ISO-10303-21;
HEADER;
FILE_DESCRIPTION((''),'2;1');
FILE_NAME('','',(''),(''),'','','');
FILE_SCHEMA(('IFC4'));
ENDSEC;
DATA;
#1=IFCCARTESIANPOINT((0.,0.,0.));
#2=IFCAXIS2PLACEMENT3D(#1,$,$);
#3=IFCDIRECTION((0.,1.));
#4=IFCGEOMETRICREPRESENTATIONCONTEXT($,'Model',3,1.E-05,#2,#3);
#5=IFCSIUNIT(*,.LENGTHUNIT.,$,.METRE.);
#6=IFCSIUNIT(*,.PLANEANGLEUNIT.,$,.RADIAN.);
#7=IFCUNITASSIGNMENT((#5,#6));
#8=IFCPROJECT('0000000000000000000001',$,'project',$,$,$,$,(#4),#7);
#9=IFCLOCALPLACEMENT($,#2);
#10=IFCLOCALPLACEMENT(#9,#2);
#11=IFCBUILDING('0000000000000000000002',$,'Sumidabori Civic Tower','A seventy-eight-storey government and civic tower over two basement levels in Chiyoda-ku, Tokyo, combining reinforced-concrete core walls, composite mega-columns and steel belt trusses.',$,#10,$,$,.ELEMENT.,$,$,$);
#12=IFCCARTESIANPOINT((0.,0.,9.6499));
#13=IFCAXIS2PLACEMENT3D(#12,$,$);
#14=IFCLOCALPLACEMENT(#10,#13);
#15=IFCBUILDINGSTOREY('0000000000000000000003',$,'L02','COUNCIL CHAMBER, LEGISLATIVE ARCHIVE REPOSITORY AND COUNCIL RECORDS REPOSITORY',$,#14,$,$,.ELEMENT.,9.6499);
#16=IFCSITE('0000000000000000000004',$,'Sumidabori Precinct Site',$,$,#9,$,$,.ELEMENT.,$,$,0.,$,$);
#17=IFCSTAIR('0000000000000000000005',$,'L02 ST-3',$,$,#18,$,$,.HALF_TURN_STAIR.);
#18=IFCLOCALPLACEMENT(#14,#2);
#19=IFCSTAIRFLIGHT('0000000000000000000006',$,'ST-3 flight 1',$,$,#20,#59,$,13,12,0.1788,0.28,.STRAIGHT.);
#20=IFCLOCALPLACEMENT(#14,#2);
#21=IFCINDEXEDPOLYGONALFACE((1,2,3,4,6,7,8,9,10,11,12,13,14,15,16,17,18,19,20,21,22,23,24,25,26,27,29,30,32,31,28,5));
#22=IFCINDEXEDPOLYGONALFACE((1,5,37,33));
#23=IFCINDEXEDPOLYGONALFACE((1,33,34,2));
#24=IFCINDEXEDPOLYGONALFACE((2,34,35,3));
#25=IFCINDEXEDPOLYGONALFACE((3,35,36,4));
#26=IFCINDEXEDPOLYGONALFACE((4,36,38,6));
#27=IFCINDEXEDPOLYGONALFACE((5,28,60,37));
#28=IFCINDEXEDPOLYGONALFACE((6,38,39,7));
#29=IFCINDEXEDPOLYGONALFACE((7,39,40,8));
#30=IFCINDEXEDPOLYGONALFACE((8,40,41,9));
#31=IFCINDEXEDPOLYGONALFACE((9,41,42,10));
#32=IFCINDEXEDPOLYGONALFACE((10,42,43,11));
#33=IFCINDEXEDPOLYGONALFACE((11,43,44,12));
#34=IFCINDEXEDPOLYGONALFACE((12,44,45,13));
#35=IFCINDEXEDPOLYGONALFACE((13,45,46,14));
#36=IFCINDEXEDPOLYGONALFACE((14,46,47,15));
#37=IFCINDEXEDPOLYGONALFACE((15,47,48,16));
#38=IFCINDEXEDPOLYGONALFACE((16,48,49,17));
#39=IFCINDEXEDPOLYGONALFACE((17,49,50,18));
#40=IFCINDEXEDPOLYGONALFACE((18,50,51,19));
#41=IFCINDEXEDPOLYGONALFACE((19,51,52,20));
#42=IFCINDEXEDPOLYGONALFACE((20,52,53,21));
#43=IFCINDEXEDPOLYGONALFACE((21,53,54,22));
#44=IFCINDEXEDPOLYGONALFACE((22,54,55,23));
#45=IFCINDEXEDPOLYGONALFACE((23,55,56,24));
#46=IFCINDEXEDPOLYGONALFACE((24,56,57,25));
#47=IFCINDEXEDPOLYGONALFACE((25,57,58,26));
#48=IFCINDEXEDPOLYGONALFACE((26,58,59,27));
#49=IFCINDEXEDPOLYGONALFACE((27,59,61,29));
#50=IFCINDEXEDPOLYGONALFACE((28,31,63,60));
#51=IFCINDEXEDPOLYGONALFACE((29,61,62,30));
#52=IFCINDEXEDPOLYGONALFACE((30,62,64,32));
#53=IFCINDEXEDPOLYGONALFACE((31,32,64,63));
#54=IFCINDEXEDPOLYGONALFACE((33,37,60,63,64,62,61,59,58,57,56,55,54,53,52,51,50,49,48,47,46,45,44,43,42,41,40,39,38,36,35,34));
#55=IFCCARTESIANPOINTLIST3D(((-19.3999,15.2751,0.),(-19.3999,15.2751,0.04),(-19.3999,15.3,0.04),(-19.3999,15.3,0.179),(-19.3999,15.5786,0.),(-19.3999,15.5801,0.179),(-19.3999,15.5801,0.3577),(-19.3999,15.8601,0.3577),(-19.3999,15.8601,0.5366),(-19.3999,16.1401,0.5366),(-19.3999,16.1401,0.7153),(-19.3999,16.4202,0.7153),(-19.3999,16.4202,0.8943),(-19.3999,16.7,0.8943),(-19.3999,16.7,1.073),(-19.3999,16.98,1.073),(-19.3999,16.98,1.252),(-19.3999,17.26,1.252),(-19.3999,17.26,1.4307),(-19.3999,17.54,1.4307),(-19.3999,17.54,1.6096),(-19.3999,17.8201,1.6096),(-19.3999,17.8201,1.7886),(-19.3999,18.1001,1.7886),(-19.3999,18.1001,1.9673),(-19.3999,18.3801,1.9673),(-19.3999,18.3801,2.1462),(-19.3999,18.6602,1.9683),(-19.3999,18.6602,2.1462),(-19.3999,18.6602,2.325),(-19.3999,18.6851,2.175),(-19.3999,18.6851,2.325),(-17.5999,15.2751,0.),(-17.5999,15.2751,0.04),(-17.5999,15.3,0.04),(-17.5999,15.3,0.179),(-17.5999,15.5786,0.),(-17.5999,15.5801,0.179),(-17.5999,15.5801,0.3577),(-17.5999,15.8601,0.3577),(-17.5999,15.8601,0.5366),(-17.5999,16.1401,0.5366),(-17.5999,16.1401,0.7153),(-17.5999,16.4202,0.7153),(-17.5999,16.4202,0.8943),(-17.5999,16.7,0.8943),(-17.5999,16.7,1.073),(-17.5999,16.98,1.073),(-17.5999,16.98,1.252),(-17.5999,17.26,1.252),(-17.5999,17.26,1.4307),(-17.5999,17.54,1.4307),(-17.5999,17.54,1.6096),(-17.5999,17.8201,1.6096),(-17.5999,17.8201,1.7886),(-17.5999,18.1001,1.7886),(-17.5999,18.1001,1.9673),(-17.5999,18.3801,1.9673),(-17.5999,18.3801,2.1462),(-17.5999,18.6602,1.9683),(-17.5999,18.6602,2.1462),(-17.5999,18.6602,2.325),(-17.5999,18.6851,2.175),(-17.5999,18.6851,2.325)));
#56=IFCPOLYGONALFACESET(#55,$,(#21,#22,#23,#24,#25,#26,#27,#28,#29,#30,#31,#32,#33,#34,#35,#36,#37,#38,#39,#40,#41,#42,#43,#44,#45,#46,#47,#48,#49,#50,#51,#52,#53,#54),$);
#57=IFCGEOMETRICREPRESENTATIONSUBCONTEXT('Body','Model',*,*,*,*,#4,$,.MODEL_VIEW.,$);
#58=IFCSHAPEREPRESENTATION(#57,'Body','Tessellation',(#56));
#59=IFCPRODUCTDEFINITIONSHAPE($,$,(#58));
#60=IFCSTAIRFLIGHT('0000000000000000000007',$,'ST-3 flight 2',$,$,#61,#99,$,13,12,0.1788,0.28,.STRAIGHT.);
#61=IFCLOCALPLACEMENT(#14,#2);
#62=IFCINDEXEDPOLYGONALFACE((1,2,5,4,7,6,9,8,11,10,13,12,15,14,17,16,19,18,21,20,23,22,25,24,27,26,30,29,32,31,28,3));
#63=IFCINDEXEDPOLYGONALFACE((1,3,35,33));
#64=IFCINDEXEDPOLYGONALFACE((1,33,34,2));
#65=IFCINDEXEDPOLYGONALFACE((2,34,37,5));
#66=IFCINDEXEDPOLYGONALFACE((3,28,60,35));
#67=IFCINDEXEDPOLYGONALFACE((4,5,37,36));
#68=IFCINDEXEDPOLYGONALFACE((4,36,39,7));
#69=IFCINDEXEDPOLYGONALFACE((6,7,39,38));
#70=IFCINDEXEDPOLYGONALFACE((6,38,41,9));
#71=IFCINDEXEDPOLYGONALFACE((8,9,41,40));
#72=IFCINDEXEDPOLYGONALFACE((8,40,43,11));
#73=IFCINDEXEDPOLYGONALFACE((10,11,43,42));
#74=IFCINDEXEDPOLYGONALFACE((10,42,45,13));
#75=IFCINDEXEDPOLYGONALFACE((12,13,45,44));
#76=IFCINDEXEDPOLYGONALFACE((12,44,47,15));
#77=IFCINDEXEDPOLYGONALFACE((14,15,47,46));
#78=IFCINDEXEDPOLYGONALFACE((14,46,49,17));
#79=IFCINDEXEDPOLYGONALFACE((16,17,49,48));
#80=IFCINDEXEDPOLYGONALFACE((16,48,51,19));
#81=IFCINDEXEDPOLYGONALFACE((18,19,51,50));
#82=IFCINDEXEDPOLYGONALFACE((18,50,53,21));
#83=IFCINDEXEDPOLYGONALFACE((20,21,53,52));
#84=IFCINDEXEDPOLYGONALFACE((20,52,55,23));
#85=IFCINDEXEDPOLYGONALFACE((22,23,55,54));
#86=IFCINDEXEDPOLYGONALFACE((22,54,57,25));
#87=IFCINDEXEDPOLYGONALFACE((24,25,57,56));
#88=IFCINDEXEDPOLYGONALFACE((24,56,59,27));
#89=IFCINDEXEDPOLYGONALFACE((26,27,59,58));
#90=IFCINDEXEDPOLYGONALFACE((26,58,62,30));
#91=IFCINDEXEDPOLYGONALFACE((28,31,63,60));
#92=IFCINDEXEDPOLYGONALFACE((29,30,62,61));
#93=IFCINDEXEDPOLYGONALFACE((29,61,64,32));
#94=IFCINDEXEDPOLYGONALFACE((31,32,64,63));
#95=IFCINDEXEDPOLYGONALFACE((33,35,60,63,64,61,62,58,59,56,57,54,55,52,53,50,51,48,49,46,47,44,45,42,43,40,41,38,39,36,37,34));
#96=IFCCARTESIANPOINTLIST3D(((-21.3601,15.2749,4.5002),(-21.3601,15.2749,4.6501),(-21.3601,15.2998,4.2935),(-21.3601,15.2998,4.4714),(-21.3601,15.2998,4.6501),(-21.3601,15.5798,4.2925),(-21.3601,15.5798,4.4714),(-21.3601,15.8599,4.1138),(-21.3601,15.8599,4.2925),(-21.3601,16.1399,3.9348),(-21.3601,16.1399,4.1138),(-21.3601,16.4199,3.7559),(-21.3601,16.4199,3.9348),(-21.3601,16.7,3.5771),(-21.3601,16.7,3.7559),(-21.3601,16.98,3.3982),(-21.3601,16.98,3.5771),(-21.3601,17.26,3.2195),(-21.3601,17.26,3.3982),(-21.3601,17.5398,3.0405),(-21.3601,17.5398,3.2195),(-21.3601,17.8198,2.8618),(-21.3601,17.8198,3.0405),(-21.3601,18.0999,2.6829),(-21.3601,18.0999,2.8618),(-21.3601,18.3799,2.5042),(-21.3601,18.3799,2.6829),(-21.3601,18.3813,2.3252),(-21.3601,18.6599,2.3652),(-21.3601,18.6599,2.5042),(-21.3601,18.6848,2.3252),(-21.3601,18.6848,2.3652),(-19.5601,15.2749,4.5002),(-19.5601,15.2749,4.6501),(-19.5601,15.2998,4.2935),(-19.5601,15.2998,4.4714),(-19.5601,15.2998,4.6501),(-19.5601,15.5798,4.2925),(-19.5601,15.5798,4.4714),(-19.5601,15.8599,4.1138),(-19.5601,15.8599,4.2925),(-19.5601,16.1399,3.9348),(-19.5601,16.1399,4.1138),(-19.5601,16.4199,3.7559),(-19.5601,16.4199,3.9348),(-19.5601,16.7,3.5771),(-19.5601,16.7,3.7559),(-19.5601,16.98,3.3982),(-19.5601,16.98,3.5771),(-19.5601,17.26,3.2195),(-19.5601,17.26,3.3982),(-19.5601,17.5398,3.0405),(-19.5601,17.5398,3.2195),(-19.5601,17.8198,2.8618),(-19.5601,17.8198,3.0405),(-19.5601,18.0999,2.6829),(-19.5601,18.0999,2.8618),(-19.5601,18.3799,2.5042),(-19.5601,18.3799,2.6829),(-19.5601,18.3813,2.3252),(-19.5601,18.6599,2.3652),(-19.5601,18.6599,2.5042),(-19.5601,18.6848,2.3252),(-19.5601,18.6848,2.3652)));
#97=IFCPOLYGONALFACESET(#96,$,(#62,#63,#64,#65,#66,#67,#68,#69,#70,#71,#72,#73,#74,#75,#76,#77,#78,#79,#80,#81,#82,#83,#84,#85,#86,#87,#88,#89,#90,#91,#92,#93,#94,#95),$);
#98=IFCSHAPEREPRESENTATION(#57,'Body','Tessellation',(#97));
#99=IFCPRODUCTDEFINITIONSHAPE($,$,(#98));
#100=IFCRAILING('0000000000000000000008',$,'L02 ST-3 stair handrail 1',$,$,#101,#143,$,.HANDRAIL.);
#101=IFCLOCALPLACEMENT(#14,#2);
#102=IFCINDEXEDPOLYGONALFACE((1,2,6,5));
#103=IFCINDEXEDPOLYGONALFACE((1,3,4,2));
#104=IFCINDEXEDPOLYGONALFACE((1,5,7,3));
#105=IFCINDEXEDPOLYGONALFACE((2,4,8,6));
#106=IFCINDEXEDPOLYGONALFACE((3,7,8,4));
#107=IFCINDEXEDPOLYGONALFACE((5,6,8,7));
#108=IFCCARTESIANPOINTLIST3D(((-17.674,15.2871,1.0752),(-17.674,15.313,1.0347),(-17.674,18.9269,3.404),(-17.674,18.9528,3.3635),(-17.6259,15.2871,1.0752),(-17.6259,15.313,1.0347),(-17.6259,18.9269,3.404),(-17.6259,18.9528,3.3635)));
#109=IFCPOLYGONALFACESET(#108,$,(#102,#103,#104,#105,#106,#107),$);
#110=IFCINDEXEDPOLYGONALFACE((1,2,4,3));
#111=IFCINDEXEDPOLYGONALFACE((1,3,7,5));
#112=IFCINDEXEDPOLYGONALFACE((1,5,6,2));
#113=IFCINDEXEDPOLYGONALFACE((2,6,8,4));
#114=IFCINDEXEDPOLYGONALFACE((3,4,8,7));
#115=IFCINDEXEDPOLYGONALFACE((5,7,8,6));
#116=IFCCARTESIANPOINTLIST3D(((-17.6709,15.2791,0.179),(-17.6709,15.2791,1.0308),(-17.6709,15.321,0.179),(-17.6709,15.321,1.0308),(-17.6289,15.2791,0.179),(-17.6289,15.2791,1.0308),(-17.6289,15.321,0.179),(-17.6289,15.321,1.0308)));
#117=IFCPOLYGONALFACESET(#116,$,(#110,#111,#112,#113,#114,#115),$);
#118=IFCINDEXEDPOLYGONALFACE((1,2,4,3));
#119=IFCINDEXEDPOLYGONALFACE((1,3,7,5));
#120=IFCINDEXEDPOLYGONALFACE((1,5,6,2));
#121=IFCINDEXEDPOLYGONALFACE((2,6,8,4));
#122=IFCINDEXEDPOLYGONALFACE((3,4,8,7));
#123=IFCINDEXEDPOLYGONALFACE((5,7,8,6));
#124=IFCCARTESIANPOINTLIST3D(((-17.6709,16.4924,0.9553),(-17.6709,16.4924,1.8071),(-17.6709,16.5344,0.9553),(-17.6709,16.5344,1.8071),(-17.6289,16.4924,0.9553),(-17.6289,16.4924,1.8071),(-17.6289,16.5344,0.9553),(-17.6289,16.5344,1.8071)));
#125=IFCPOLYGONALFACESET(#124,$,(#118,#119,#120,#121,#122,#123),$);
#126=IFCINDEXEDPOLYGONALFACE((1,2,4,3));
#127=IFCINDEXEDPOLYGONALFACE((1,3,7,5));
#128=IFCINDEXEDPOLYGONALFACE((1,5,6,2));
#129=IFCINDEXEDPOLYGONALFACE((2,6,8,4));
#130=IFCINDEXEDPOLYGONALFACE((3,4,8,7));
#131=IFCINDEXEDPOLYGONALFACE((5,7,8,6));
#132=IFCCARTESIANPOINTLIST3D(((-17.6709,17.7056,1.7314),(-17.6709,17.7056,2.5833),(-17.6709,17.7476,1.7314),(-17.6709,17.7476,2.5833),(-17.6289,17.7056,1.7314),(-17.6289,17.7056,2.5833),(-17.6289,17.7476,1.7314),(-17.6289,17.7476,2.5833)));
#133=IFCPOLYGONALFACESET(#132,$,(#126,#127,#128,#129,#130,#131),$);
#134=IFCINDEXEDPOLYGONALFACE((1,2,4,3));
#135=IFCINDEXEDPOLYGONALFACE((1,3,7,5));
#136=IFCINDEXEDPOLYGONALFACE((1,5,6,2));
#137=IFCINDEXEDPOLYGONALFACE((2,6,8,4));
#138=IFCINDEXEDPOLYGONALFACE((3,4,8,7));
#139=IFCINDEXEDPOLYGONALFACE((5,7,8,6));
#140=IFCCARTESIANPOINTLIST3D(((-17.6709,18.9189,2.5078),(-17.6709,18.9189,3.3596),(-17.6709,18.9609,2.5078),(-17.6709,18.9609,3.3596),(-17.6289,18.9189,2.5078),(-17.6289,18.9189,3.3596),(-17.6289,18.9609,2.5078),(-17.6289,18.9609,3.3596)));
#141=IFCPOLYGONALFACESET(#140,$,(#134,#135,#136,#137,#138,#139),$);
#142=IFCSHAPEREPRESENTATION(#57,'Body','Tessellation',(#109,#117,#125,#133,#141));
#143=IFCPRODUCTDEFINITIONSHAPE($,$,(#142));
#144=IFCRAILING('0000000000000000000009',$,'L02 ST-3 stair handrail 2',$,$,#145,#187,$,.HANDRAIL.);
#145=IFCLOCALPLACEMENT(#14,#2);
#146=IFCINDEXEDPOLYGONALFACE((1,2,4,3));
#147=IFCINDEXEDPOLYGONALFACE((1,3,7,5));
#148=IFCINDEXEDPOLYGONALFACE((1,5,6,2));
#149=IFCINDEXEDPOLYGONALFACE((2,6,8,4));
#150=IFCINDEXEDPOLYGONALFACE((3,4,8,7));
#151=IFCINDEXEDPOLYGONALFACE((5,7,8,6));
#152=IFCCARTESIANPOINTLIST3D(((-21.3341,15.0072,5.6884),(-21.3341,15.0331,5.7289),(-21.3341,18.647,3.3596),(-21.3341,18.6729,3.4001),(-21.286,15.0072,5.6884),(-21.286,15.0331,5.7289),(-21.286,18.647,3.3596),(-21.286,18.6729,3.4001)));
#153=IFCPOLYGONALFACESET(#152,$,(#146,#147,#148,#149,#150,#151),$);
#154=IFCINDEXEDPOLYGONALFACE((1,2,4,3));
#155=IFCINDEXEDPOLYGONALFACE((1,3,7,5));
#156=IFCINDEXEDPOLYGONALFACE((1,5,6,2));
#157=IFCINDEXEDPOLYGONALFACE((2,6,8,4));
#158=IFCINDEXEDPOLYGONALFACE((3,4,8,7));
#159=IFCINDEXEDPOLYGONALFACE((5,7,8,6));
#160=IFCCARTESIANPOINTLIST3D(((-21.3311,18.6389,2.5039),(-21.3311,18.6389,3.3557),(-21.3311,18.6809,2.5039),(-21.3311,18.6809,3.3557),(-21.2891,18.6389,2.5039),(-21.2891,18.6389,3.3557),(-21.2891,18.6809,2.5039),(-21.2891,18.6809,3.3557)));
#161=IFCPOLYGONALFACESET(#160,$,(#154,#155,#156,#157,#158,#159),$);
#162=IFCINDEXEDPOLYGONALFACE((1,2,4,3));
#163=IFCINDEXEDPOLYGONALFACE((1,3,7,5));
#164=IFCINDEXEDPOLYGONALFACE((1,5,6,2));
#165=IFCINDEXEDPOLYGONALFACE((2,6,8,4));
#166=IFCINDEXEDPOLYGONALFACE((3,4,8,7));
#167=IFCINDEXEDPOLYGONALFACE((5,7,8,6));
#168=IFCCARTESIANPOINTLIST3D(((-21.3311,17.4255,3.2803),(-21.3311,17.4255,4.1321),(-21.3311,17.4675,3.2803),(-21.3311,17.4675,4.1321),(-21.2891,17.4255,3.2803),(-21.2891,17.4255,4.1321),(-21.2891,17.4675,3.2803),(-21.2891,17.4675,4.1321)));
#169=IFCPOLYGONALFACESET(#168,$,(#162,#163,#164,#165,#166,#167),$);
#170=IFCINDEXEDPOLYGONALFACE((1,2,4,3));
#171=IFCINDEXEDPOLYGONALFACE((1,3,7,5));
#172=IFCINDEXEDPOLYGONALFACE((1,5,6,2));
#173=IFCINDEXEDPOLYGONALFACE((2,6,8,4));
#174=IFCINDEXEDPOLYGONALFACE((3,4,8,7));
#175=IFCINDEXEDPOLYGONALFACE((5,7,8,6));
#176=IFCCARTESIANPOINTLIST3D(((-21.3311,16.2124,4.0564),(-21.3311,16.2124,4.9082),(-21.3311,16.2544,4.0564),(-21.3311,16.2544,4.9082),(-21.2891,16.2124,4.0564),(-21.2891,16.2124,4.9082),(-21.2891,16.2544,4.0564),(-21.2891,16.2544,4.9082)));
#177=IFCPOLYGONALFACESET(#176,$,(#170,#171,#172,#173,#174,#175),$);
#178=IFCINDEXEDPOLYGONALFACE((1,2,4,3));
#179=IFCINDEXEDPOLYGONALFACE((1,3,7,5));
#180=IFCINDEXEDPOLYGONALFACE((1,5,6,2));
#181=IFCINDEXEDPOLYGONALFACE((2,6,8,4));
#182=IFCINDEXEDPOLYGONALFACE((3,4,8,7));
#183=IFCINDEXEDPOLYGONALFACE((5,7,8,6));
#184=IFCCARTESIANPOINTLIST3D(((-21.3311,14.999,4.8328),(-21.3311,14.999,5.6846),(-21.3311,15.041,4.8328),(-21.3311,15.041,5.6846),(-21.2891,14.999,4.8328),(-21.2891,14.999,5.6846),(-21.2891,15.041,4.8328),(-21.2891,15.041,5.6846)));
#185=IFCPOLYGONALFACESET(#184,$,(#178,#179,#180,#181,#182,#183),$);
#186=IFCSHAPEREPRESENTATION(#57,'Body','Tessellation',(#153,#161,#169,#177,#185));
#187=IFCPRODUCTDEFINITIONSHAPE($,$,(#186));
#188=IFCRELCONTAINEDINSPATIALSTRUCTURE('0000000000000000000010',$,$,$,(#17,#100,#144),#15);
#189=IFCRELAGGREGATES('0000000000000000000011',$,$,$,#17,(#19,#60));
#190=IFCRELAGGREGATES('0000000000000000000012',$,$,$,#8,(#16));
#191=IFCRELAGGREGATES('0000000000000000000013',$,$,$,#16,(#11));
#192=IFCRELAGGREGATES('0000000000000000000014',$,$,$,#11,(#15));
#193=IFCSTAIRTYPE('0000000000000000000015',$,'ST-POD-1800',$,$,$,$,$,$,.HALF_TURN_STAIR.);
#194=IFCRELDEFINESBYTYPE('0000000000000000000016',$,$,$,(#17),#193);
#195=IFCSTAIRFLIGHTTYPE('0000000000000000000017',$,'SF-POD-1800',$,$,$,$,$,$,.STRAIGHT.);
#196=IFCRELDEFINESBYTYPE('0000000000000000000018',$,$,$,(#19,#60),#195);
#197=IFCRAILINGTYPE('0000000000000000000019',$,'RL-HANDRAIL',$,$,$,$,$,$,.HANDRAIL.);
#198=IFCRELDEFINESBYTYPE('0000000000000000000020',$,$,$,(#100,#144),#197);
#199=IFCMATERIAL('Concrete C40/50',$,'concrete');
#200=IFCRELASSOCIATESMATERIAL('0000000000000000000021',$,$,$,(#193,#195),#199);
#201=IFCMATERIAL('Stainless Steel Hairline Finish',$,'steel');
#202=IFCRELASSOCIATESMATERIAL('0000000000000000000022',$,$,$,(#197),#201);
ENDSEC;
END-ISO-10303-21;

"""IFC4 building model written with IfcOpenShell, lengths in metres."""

from ifc_helpers import new_model, si_unit, direction, frame, origin, origin_2d, place, context, subcontext, project, spatial, polyline, rectangle, outline, extrude, source, transform, mapped, material, type_object, element, aggregate, save


model = new_model("IFC4")

# Units and contexts
model_context = context("Model", 3, precision=1e-05, world=origin(), true_north=direction((0.0, 1.0)))
body_context = subcontext(model_context, "Body", "Model", "MODEL_VIEW")
ifc_project = project(units=[si_unit("LENGTHUNIT", "METRE"), si_unit("PLANEANGLEUNIT", "RADIAN")], contexts=[model_context])

# Site, building, storey
site_placement = place(None, origin())
site = spatial("IfcSite", under=ifc_project, at=site_placement, Name="Sumidabori Precinct Site", CompositionType="ELEMENT", RefElevation=0.0)
building_placement = place(site_placement, origin())
building = spatial("IfcBuilding", under=site, at=building_placement, Name="Sumidabori Civic Tower", Description="A seventy-eight-storey government and civic tower over two basement levels in Chiyoda-ku, Tokyo, combining reinforced-concrete core walls, composite mega-columns and steel belt trusses.", CompositionType="ELEMENT")
storey_placement = place(building_placement, frame((0.0, 0.0, 9.6499)))
storey = spatial("IfcBuildingStorey", under=building, at=storey_placement, Name="L02", Description="COUNCIL CHAMBER, LEGISLATIVE ARCHIVE REPOSITORY AND COUNCIL RECORDS REPOSITORY", CompositionType="ELEMENT", Elevation=9.6499)

# Stair, stair flights
ifc_material_1 = material(Name="Concrete C40/50", Category="concrete")
stair_type = type_object("IfcStairType", Name="ST-POD-1800", PredefinedType="HALF_TURN_STAIR", material=ifc_material_1)
stair_placement = place(storey_placement, origin())
stair = element("IfcStair", 1, at=stair_placement, inside=storey, type_object=stair_type, Name="L02 ST-3", PredefinedType="HALF_TURN_STAIR")
stair_flight_type = type_object("IfcStairFlightType", Name="SF-POD-1800", PredefinedType="STRAIGHT", material=ifc_material_1)
shared_shape_1 = source(origin(), body_context, "Body", "SweptSolid", [
    extrude(outline(polyline([(-0.0249, 0.0), (-0.0249, 0.04), (0.0, 0.04), (0.0, 0.179), (0.28, 0.179), (0.28, 0.3577), (0.5601, 0.3577), (0.5601, 0.5366), (0.8401, 0.5366), (0.8401, 0.7153), (1.1201, 0.7153), (1.1201, 0.8943), (1.3999, 0.8943), (1.3999, 1.073), (1.6799, 1.073), (1.6799, 1.252), (1.96, 1.252), (1.96, 1.4307), (2.24, 1.4307), (2.24, 1.6096), (2.52, 1.6096), (2.52, 1.7886), (2.8, 1.7886), (2.8, 1.9673), (3.0801, 1.9673), (3.0801, 2.1462), (3.3601, 2.1462), (3.3601, 2.325), (3.385, 2.325), (3.385, 2.175), (3.3601, 1.9683), (0.2786, 0.0), (-0.0249, 0.0)])), frame((0.0, 0.8999, 0.0), z_axis=(0.0, -1.0, 0.0), x_axis=(1.0, 0.0, 0.0)), (0.0, 0.0, 1.0), 1.8),
])
stair_flight_1_placement = place(storey_placement, frame((-18.5, 15.3, 0.0), z_axis=(0.0, 0.0, 1.0), x_axis=(0.0, 1.0, 0.0)))
stair_flight_1 = element("IfcStairFlight", 2, at=stair_flight_1_placement, type_object=stair_flight_type, Name="ST-3 flight 1", NumberOfRisers=13, NumberOfTreads=12, PredefinedType="STRAIGHT", RiserHeight=0.1788, TreadLength=0.28, context=body_context, shape_type="MappedRepresentation", body=[
    mapped(shared_shape_1, transform((0.0, 0.0, 0.0), x_axis=(1.0, 0.0, 0.0), y_axis=(0.0, 1.0, 0.0), z_axis=(0.0, 0.0, 1.0), scale=1.0)),
])
stair_flight_2_placement = place(storey_placement, frame((-20.46, 18.6599, 2.3252), z_axis=(0.0, 0.0, 1.0), x_axis=(0.0, -1.0, 0.0)))
stair_flight_2 = element("IfcStairFlight", 3, at=stair_flight_2_placement, type_object=stair_flight_type, Name="ST-3 flight 2", NumberOfRisers=13, NumberOfTreads=12, PredefinedType="STRAIGHT", RiserHeight=0.1788, TreadLength=0.28, context=body_context, shape_type="MappedRepresentation", body=[
    mapped(shared_shape_1, transform((0.0, 0.0, 0.0), x_axis=(1.0, 0.0, 0.0), y_axis=(0.0, 1.0, 0.0), z_axis=(0.0, 0.0, 1.0), scale=1.0)),
])
aggregate(stair, [stair_flight_1, stair_flight_2])

# Railings
ifc_material_2 = material(Name="Stainless Steel Hairline Finish", Category="steel")
railing_type_1 = type_object("IfcRailingType", Name="RL-HANDRAIL", PredefinedType="HANDRAIL", material=ifc_material_2)
railing_1_placement = place(storey_placement, frame((-17.6499, 15.3, 0.179)))
element("IfcRailing", 4, at=railing_1_placement, inside=storey, type_object=railing_type_1, Name="L02 ST-3 stair handrail 1", PredefinedType="HANDRAIL", context=body_context, shape_type="SweptSolid", body=[
    extrude(rectangle(XDim=0.0481, YDim=0.0481, at=origin_2d()), frame((0.0, 0.0, 0.876), z_axis=(0.0, 0.842342, 0.538943), x_axis=(-1.0, 0.0, 0.0)), (0.0, 0.0, 1.0), 4.321),
    extrude(rectangle(XDim=0.042, YDim=0.042, at=origin_2d()), origin(), (0.0, 0.0, 1.0), 0.8518),
    extrude(rectangle(XDim=0.042, YDim=0.042, at=origin_2d()), frame((0.0, 1.2134, 0.7764)), (0.0, 0.0, 1.0), 0.8518),
    extrude(rectangle(XDim=0.042, YDim=0.042, at=origin_2d()), frame((0.0, 2.4265, 1.5525)), (0.0, 0.0, 1.0), 0.8518),
    extrude(rectangle(XDim=0.042, YDim=0.042, at=origin_2d()), frame((0.0, 3.6399, 2.3289)), (0.0, 0.0, 1.0), 0.8518),
])
railing_2_placement = place(storey_placement, frame((-21.3101, 18.6599, 2.5039)))
element("IfcRailing", 5, at=railing_2_placement, inside=storey, type_object=railing_type_1, Name="L02 ST-3 stair handrail 2", PredefinedType="HANDRAIL", context=body_context, shape_type="SweptSolid", body=[
    extrude(rectangle(XDim=0.0481, YDim=0.0481, at=origin_2d()), frame((0.0, 0.0, 0.876), z_axis=(0.0, -0.842342, 0.538943), x_axis=(1.0, 0.0, 0.0)), (0.0, 0.0, 1.0), 4.321),
    extrude(rectangle(XDim=0.042, YDim=0.042, at=origin_2d()), origin(), (0.0, 0.0, 1.0), 0.8518),
    extrude(rectangle(XDim=0.042, YDim=0.042, at=origin_2d()), frame((0.0, -1.2134, 0.7764)), (0.0, 0.0, 1.0), 0.8518),
    extrude(rectangle(XDim=0.042, YDim=0.042, at=origin_2d()), frame((0.0, -2.4265, 1.5525)), (0.0, 0.0, 1.0), 0.8518),
    extrude(rectangle(XDim=0.042, YDim=0.042, at=origin_2d()), frame((0.0, -3.6399, 2.3289)), (0.0, 0.0, 1.0), 0.8518),
])

save(model, "model.ifc")
